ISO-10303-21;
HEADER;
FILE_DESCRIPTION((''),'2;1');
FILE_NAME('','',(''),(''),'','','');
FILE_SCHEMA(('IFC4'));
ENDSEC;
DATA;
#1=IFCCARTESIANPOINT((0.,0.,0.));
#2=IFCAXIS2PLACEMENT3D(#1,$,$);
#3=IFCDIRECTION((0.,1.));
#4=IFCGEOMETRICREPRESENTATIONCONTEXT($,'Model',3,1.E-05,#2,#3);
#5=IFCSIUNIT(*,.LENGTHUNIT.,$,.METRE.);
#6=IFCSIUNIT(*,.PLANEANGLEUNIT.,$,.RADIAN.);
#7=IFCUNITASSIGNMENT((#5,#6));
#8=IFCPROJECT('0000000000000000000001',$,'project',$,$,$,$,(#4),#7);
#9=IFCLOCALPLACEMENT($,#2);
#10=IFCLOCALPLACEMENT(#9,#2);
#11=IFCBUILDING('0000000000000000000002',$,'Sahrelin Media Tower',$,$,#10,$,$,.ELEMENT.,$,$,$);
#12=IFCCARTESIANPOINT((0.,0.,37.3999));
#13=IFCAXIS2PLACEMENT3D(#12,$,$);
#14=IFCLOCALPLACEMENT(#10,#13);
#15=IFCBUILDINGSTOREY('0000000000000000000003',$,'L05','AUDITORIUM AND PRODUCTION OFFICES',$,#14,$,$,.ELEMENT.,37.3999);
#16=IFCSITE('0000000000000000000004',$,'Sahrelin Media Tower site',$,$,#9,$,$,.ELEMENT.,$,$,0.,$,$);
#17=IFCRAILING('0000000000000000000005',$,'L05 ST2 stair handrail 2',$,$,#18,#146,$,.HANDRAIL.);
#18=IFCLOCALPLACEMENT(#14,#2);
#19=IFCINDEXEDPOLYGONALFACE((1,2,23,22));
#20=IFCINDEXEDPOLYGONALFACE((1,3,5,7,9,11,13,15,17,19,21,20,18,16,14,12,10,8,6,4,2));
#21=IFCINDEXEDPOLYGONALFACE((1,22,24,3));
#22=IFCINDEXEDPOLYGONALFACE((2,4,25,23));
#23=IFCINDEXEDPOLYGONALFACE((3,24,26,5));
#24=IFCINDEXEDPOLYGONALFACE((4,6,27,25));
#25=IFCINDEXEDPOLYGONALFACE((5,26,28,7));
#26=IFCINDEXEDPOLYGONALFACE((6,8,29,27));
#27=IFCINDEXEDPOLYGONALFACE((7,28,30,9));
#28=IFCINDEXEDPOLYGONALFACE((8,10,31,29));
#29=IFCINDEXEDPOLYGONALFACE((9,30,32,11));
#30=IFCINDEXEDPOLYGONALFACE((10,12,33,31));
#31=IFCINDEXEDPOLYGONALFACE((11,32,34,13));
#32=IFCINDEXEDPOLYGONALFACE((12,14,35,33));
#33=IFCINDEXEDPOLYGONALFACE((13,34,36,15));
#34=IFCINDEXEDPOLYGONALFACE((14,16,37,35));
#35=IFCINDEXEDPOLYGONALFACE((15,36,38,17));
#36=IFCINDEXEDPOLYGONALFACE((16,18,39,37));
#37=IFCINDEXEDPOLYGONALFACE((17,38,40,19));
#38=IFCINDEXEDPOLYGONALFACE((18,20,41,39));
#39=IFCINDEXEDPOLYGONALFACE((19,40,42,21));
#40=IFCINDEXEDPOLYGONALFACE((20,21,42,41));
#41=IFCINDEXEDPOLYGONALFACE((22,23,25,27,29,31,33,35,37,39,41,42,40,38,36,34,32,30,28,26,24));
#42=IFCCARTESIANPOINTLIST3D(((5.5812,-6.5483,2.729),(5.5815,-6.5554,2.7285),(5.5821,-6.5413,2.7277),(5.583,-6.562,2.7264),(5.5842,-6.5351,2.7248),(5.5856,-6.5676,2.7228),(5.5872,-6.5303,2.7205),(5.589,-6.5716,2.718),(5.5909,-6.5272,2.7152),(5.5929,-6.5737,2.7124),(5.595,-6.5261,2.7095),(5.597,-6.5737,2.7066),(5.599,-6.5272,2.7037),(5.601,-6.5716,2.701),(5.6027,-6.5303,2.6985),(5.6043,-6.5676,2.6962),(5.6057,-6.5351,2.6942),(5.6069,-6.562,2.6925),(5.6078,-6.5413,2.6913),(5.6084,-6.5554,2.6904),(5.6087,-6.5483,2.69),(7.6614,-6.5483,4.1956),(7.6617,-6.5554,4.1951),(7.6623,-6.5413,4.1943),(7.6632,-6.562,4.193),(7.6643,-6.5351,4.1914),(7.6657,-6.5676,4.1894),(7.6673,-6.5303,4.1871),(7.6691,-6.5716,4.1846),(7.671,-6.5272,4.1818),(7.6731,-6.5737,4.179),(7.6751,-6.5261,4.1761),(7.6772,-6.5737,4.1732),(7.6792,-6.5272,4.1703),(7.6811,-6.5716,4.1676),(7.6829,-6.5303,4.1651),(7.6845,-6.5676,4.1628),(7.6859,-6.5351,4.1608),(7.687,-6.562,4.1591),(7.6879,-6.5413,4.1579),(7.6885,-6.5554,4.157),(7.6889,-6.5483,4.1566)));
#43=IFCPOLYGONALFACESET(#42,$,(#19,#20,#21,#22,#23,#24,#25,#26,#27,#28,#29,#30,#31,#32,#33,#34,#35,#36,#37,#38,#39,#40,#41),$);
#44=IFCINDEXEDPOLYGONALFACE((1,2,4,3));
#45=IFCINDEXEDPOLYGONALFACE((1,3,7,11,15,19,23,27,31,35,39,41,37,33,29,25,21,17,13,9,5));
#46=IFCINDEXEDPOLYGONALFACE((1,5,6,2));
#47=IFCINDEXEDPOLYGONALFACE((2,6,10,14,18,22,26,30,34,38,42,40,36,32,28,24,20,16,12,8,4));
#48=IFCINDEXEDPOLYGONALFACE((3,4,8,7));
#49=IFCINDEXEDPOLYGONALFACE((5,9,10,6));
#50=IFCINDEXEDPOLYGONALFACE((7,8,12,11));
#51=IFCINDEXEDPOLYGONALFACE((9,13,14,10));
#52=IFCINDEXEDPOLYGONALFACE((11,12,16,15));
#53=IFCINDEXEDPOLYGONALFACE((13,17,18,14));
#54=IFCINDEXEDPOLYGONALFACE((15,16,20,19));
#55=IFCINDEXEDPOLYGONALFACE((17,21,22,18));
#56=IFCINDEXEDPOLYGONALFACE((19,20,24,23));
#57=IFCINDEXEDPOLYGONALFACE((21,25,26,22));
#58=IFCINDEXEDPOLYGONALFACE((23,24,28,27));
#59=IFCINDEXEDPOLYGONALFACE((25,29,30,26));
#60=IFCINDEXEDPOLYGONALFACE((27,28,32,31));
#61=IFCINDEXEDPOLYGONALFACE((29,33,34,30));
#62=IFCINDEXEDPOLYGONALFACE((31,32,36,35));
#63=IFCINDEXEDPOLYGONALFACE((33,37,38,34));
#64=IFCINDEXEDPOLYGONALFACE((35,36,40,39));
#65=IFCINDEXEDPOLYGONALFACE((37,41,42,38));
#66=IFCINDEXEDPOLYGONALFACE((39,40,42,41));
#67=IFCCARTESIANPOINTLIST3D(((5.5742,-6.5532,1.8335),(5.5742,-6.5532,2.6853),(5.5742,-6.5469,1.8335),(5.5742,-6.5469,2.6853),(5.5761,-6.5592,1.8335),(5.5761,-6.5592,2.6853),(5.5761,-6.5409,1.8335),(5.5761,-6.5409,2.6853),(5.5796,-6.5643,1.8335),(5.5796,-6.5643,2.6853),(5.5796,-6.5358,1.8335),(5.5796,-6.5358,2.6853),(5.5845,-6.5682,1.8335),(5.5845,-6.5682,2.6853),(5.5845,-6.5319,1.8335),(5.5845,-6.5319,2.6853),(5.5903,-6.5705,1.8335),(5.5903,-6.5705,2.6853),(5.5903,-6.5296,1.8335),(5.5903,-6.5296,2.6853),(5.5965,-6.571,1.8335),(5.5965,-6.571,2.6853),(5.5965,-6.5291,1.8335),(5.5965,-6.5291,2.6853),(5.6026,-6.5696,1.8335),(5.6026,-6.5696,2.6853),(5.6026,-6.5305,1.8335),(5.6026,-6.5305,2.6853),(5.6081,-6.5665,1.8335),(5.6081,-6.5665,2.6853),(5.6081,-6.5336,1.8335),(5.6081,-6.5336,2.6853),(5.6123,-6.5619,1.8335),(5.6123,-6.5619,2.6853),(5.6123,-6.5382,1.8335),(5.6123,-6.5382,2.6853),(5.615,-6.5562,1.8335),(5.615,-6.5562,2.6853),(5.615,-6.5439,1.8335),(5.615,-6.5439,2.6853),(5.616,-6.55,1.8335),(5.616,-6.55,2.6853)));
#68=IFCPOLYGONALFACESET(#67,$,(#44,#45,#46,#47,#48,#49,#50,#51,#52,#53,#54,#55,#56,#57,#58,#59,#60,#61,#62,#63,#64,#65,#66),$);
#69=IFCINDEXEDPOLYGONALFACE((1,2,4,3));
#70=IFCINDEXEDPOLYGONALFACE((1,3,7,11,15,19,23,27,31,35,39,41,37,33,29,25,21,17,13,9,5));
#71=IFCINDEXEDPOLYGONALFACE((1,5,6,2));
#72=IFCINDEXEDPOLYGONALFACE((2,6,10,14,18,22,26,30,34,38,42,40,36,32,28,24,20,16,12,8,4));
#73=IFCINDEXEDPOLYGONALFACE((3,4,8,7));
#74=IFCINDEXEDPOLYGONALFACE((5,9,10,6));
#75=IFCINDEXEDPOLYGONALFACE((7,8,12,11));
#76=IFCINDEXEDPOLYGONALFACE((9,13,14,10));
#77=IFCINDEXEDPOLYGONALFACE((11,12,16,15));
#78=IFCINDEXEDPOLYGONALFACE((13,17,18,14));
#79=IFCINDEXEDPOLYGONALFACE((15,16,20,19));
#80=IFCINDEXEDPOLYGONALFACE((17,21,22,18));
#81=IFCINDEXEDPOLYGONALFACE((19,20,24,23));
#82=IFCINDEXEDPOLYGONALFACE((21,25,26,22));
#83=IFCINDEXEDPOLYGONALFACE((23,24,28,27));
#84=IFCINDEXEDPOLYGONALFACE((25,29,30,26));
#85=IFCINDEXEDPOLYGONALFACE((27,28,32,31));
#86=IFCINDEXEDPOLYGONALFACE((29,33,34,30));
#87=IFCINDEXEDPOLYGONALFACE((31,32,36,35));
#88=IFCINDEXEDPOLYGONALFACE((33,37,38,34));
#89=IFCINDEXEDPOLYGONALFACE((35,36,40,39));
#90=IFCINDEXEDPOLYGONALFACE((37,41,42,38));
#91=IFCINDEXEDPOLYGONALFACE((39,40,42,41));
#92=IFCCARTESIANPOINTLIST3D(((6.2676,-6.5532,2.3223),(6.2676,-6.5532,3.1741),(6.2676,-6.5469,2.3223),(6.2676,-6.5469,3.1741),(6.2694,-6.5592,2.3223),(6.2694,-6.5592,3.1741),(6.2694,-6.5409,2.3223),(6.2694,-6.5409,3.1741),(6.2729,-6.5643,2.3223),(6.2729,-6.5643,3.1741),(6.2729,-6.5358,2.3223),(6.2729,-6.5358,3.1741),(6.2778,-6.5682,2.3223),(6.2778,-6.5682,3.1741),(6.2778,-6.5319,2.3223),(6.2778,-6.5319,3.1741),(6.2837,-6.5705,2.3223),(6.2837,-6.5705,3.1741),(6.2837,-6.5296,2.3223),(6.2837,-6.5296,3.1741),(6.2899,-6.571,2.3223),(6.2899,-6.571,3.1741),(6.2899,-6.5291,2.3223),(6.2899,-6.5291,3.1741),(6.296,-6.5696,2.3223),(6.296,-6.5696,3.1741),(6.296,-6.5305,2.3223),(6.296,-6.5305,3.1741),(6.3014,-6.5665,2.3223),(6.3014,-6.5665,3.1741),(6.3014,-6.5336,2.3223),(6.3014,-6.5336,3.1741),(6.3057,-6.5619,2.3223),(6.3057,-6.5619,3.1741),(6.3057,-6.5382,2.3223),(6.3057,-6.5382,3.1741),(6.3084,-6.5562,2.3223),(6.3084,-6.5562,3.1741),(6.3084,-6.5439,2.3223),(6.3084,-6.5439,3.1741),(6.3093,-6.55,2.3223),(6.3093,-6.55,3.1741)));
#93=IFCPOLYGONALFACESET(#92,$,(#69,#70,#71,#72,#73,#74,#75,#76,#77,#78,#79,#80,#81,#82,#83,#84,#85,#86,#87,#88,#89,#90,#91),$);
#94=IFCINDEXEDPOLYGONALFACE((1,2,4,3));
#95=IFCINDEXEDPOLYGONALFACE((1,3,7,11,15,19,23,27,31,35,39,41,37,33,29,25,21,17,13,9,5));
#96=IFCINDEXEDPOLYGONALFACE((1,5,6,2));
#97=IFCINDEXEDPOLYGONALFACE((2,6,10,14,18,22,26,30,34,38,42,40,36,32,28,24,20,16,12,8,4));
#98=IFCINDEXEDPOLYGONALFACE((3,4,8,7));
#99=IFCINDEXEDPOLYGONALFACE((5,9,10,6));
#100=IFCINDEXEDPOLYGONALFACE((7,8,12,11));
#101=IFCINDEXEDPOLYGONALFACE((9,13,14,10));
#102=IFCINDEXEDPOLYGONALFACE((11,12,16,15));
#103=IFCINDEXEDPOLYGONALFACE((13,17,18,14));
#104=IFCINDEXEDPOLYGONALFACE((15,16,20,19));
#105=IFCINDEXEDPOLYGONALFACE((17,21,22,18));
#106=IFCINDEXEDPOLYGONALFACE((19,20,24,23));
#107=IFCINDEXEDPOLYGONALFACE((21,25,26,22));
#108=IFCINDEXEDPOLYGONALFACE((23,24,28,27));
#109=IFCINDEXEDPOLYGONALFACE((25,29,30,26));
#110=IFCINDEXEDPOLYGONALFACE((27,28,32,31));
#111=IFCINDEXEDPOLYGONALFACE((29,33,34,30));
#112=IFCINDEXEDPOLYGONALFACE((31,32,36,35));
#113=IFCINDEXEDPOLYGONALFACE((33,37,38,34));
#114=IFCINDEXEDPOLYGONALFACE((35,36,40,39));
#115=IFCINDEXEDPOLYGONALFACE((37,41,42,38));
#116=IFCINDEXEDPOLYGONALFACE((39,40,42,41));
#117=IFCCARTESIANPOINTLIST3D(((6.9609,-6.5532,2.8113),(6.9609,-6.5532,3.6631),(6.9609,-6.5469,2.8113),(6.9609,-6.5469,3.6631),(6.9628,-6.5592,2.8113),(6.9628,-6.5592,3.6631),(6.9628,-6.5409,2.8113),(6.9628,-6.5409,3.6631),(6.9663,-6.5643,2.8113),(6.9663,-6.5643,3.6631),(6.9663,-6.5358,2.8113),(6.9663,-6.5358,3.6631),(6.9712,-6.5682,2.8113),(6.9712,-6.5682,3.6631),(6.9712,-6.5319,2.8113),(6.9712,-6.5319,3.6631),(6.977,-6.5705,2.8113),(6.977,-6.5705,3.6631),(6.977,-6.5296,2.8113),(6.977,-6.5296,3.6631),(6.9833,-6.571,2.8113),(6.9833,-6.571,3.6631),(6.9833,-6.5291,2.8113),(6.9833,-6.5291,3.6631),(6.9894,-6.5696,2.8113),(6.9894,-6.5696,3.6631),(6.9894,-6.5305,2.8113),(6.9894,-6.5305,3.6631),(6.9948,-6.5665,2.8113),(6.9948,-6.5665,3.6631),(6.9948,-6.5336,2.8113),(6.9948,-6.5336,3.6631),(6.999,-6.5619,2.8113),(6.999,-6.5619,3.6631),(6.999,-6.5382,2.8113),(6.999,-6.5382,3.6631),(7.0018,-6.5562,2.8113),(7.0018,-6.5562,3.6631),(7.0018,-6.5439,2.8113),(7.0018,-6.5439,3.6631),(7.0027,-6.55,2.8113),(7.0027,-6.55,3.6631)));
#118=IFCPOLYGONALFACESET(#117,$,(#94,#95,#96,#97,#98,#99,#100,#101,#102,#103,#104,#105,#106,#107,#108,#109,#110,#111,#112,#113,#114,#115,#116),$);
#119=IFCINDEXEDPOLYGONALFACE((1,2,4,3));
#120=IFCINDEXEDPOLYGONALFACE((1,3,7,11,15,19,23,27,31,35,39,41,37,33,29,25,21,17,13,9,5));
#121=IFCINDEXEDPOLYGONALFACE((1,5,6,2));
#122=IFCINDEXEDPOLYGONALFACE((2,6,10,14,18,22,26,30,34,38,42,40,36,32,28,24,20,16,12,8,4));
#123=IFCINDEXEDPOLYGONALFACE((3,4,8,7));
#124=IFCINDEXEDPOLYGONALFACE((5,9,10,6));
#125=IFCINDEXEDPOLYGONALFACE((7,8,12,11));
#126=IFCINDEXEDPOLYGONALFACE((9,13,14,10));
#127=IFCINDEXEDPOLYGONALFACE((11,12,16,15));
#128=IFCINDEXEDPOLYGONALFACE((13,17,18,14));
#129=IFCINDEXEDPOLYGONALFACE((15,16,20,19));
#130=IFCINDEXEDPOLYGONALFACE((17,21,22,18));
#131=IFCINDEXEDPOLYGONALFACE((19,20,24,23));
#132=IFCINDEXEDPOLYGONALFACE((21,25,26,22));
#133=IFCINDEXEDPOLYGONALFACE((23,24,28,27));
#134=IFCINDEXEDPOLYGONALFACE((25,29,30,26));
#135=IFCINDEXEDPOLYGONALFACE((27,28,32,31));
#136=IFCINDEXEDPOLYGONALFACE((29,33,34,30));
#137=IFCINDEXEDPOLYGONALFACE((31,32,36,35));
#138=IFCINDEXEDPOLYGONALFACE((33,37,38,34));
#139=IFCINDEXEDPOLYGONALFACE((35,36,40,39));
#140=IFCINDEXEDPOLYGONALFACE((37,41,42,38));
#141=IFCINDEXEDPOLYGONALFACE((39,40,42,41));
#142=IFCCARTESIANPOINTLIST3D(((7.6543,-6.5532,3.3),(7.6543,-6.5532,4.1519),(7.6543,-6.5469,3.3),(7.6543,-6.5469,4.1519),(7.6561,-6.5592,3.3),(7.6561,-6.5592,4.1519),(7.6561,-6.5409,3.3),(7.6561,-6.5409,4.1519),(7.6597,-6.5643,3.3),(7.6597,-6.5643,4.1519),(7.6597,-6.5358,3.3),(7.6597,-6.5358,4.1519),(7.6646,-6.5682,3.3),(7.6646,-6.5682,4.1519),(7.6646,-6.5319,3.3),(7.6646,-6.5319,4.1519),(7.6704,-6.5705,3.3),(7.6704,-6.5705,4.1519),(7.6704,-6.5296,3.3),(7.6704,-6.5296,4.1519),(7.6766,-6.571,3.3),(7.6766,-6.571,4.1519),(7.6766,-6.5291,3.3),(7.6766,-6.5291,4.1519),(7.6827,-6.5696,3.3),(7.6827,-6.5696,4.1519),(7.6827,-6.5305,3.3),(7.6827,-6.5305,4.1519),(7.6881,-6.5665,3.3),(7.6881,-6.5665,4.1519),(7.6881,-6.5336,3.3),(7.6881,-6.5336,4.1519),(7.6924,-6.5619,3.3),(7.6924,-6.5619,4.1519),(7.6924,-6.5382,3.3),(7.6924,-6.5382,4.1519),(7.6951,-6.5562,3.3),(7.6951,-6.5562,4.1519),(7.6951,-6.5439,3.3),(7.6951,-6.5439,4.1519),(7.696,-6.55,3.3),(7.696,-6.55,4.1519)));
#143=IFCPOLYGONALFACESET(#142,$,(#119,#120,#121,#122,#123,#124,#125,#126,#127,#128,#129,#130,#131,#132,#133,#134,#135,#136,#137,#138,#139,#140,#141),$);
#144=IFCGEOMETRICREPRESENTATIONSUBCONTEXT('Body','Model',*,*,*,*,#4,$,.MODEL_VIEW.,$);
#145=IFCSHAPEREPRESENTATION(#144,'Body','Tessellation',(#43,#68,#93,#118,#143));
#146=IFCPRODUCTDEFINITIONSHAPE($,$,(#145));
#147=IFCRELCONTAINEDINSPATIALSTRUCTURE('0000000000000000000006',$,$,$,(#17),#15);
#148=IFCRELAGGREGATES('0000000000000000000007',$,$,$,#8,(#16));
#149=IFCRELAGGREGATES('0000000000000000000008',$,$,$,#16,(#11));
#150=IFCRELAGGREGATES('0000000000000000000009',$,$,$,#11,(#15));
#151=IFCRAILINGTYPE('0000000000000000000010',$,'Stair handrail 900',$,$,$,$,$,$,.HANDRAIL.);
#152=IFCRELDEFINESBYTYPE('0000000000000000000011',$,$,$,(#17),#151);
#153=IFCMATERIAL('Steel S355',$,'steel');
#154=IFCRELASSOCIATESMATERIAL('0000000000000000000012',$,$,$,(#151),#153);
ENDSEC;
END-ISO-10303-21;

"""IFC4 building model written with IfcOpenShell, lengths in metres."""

from ifc_helpers import new_model, si_unit, direction, frame, origin, origin_2d, place, context, subcontext, project, spatial, circle, extrude, material, type_object, element, save


model = new_model("IFC4")

# Units and contexts
model_context = context("Model", 3, precision=1e-05, world=origin(), true_north=direction((0.0, 1.0)))
body_context = subcontext(model_context, "Body", "Model", "MODEL_VIEW")
ifc_project = project(units=[si_unit("LENGTHUNIT", "METRE"), si_unit("PLANEANGLEUNIT", "RADIAN")], contexts=[model_context])

# Site, building, storey
site_placement = place(None, origin())
site = spatial("IfcSite", under=ifc_project, at=site_placement, Name="Sahrelin Media Tower site", CompositionType="ELEMENT", RefElevation=0.0)
building_placement = place(site_placement, origin())
building = spatial("IfcBuilding", under=site, at=building_placement, Name="Sahrelin Media Tower", CompositionType="ELEMENT")
storey_placement = place(building_placement, frame((0.0, 0.0, 37.3999)))
storey = spatial("IfcBuildingStorey", under=building, at=storey_placement, Name="L05", Description="AUDITORIUM AND PRODUCTION OFFICES", CompositionType="ELEMENT", Elevation=37.3999)

# Shared definitions
ifc_material_1 = material(Name="Steel S355", Category="steel")

# Railing
railing_type_1 = type_object("IfcRailingType", Name="Stair handrail 900", PredefinedType="HANDRAIL", material=ifc_material_1)
for number, where, name in (
    (1, (5.595, -6.55, 1.8335), "L05 ST2 stair handrail 2"),
):
    element("IfcRailing", number, at=place(storey_placement, frame(where)), inside=storey, type_object=railing_type_1, Name=name, PredefinedType="HANDRAIL", context=body_context, shape_type="SweptSolid", body=[
        extrude(circle(Radius=0.0239, at=origin_2d()), frame((0.0, 0.0, 0.876), z_axis=(0.817289, 0.0, 0.576227), x_axis=(0.0, 1.0, 0.0)), (0.0, 0.0, 1.0), 2.5452),
        extrude(circle(Radius=0.021, at=origin_2d()), origin(), (0.0, 0.0, 1.0), 0.8518),
        extrude(circle(Radius=0.021, at=origin_2d()), frame((0.6934, 0.0, 0.4888)), (0.0, 0.0, 1.0), 0.8518),
        extrude(circle(Radius=0.021, at=origin_2d()), frame((1.3867, 0.0, 0.9778)), (0.0, 0.0, 1.0), 0.8518),
        extrude(circle(Radius=0.021, at=origin_2d()), frame((2.0801, 0.0, 1.4666)), (0.0, 0.0, 1.0), 0.8518),
    ])

save(model, "model.ifc")
